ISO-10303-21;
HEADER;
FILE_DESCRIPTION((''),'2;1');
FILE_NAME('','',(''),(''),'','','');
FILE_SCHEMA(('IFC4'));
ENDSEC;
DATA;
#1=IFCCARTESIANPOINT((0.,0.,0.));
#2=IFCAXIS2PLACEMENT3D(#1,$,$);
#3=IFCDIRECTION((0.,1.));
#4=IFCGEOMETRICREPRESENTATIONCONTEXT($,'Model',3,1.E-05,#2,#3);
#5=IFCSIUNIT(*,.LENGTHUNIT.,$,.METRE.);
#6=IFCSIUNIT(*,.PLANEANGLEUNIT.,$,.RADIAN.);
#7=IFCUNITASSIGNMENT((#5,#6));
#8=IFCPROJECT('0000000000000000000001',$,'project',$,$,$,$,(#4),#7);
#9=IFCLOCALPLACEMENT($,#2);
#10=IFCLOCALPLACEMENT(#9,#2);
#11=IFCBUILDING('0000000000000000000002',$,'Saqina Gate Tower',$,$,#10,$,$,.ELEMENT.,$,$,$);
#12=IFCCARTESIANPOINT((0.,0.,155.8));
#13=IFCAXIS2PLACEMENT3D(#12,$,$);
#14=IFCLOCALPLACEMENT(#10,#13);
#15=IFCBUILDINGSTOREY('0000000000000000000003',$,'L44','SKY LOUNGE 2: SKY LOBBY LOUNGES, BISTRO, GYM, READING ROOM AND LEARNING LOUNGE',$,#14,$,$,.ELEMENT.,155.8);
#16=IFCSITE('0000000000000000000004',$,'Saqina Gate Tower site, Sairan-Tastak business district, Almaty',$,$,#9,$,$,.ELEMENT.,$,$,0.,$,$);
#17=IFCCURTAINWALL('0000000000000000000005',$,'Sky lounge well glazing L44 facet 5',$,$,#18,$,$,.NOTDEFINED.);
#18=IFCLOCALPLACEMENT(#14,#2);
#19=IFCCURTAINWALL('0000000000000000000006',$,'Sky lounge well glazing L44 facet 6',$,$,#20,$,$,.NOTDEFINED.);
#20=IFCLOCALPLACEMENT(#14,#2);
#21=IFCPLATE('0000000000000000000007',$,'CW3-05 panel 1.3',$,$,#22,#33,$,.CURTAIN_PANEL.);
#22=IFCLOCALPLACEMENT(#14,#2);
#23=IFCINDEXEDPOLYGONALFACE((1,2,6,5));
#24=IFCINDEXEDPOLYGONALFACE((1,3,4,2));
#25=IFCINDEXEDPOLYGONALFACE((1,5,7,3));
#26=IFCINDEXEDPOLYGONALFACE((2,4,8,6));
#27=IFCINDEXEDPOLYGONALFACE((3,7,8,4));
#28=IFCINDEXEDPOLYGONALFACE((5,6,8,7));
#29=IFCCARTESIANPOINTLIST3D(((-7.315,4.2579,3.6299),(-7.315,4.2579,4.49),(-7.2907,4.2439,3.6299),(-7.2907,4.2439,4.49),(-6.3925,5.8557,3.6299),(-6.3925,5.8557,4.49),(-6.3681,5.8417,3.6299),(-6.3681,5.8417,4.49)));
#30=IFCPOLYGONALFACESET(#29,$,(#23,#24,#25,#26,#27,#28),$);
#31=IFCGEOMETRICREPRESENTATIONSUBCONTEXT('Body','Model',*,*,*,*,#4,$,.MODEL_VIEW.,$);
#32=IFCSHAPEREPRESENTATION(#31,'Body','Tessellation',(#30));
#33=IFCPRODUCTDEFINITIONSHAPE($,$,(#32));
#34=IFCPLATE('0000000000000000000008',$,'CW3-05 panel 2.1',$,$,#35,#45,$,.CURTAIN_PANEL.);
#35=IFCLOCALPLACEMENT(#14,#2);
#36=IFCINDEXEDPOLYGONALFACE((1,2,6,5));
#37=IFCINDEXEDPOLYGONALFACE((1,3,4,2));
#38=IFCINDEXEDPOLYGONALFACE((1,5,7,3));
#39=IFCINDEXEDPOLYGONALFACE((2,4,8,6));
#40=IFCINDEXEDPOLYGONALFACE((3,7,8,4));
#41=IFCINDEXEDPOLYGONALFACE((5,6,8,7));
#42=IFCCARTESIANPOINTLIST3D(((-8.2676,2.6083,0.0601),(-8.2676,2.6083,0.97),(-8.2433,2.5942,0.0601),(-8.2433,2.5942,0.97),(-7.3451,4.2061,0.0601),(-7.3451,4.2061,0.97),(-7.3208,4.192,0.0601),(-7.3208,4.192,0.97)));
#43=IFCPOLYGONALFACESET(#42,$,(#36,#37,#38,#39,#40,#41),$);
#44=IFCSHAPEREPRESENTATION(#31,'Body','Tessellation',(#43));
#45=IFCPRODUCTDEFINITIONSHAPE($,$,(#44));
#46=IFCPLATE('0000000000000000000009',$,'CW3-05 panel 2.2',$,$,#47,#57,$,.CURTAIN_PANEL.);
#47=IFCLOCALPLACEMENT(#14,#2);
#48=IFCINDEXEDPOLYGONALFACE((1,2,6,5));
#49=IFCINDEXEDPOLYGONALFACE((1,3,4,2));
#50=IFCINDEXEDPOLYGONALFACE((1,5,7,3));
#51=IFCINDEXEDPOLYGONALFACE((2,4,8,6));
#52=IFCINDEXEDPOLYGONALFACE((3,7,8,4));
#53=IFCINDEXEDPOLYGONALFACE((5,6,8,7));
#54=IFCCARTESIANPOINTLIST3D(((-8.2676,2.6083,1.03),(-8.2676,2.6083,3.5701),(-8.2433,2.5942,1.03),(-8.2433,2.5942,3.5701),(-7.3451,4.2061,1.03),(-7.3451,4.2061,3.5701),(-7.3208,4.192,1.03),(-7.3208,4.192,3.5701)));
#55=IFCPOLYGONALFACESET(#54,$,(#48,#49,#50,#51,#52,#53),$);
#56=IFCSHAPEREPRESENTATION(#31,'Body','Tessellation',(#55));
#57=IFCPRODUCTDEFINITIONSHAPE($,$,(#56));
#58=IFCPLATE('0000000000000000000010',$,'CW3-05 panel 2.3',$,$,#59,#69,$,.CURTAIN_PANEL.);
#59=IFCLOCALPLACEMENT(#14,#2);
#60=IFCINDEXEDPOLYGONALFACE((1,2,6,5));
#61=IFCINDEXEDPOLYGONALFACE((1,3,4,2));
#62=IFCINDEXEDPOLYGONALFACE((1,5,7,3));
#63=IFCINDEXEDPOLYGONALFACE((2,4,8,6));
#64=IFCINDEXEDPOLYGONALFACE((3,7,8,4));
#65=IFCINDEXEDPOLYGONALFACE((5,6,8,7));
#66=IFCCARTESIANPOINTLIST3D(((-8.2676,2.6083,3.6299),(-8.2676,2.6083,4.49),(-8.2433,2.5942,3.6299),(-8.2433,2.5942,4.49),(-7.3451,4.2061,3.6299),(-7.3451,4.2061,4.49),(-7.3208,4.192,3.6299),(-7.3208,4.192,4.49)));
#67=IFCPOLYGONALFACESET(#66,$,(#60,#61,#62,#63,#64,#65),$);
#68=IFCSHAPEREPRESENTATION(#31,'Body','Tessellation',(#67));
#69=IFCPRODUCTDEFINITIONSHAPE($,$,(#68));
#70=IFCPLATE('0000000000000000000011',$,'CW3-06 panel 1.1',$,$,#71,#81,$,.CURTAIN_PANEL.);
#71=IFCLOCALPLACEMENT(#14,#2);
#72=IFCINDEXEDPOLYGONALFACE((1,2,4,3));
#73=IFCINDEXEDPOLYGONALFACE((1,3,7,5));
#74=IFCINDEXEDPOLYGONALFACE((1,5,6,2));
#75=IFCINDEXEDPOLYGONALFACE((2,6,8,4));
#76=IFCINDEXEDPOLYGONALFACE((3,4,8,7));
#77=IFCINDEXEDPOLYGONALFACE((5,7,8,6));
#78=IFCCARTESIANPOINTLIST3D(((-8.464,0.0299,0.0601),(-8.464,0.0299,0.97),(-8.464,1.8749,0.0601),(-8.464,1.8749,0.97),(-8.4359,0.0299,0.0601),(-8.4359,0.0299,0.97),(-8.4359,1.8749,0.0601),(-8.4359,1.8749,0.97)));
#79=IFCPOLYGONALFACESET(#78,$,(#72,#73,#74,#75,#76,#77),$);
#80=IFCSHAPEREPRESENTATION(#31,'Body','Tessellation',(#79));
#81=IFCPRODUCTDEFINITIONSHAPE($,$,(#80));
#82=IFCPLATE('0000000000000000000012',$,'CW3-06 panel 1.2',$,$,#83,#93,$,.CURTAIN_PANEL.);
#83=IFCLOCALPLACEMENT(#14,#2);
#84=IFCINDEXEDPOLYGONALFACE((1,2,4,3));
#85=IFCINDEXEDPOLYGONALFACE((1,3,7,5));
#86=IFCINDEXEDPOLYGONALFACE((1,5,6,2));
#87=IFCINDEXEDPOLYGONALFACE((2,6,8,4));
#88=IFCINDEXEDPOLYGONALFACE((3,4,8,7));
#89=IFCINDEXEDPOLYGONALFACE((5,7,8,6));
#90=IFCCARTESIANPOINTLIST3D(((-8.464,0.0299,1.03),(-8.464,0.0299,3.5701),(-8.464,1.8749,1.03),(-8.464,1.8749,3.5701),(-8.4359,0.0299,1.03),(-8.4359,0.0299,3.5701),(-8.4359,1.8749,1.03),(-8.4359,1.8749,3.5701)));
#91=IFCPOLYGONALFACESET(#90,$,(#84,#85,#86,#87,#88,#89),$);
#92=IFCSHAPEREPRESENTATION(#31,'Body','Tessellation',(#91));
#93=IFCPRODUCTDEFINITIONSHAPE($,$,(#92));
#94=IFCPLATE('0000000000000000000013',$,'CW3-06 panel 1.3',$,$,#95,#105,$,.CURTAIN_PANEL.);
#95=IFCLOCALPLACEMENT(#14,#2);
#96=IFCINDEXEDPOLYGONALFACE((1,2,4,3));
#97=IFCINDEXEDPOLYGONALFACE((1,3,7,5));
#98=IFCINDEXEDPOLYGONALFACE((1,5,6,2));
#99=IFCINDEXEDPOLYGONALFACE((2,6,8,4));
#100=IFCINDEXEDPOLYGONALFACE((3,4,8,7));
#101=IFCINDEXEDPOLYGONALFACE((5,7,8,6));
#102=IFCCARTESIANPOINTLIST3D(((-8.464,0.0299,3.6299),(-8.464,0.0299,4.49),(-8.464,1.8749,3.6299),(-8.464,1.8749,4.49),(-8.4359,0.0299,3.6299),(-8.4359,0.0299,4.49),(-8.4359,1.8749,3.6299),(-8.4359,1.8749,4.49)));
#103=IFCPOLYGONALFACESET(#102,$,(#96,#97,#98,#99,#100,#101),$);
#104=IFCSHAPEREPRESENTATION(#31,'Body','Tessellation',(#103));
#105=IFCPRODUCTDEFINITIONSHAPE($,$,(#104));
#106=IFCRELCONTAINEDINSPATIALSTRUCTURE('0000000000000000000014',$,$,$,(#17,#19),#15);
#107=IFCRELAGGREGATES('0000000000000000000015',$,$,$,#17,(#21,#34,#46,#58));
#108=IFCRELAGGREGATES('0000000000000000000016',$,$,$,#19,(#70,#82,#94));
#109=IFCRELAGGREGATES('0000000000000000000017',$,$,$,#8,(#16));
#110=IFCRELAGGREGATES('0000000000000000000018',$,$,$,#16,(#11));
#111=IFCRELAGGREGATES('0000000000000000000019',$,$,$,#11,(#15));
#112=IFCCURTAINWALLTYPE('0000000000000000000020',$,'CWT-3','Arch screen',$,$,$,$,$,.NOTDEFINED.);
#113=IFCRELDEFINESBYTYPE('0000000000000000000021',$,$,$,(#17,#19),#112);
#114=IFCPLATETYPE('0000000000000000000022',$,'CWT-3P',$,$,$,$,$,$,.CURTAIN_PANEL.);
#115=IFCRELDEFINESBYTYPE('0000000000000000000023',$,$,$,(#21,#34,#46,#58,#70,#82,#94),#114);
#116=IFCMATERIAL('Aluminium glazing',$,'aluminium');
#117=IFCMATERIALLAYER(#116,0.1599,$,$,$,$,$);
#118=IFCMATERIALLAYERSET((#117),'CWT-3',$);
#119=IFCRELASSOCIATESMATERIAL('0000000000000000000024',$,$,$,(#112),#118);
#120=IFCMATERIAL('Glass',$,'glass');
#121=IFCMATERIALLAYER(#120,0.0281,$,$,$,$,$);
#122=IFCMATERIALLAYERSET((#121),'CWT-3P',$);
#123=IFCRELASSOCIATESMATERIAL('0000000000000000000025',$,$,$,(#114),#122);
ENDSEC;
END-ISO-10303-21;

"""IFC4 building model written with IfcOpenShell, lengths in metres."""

from ifc_helpers import new_model, si_unit, direction, frame, origin, origin_2d, place, context, subcontext, project, spatial, rectangle, extrude, material, layer, layer_set, type_object, element, aggregate, save


model = new_model("IFC4")

# Units and contexts
model_context = context("Model", 3, precision=1e-05, world=origin(), true_north=direction((0.0, 1.0)))
body_context = subcontext(model_context, "Body", "Model", "MODEL_VIEW")
ifc_project = project(units=[si_unit("LENGTHUNIT", "METRE"), si_unit("PLANEANGLEUNIT", "RADIAN")], contexts=[model_context])

# Site, building, storey
site_placement = place(None, origin())
site = spatial("IfcSite", under=ifc_project, at=site_placement, Name="Saqina Gate Tower site, Sairan-Tastak business district, Almaty", CompositionType="ELEMENT", RefElevation=0.0)
building_placement = place(site_placement, origin())
building = spatial("IfcBuilding", under=site, at=building_placement, Name="Saqina Gate Tower", CompositionType="ELEMENT")
storey_placement = place(building_placement, frame((0.0, 0.0, 155.8)))
storey = spatial("IfcBuildingStorey", under=building, at=storey_placement, Name="L44", Description="SKY LOUNGE 2: SKY LOBBY LOUNGES, BISTRO, GYM, READING ROOM AND LEARNING LOUNGE", CompositionType="ELEMENT", Elevation=155.8)

# Curtain wall
ifc_material_1 = material(Name="Aluminium glazing", Category="aluminium")
ifc_layer_1 = layer(ifc_material_1, 0.1599)
ifc_layer_set_1 = layer_set([ifc_layer_1], Name="CWT-3")
curtain_wall_type = type_object("IfcCurtainWallType", Name="CWT-3", Description="Arch screen", PredefinedType="NOTDEFINED", material=ifc_layer_set_1)
curtain_wall_1_placement = place(storey_placement, origin())
curtain_wall_1 = element("IfcCurtainWall", 1, at=curtain_wall_1_placement, inside=storey, type_object=curtain_wall_type, Name="Sky lounge well glazing L44 facet 5", PredefinedType="NOTDEFINED")

# Curtain wall
curtain_wall_2_placement = place(storey_placement, origin())
curtain_wall_2 = element("IfcCurtainWall", 2, at=curtain_wall_2_placement, inside=storey, type_object=curtain_wall_type, Name="Sky lounge well glazing L44 facet 6", PredefinedType="NOTDEFINED")

# Plates
ifc_material_2 = material(Name="Glass", Category="glass")
ifc_layer_2 = layer(ifc_material_2, 0.0281)
ifc_layer_set_2 = layer_set([ifc_layer_2], Name="CWT-3P")
plate_type = type_object("IfcPlateType", Name="CWT-3P", PredefinedType="CURTAIN_PANEL", material=ifc_layer_set_2)
plate_1_placement = place(storey_placement, frame((-6.8416, 5.0498, 3.6299), z_axis=(0.0, 0.0, 1.0), x_axis=(-0.500013, -0.866018, 0.0)))
plate_1 = element("IfcPlate", 3, at=plate_1_placement, type_object=plate_type, Name="CW3-05 panel 1.3", PredefinedType="CURTAIN_PANEL", context=body_context, shape_type="SweptSolid", body=[
    extrude(rectangle(XDim=1.845, YDim=0.0281, at=origin_2d()), origin(), (0.0, 0.0, 1.0), 0.8601),
])
plate_2_placement = place(storey_placement, frame((-7.7942, 3.4001, 0.0601), z_axis=(0.0, 0.0, 1.0), x_axis=(-0.500013, -0.866018, 0.0)))
plate_2 = element("IfcPlate", 4, at=plate_2_placement, type_object=plate_type, Name="CW3-05 panel 2.1", PredefinedType="CURTAIN_PANEL", context=body_context, shape_type="SweptSolid", body=[
    extrude(rectangle(XDim=1.845, YDim=0.0281, at=origin_2d()), origin(), (0.0, 0.0, 1.0), 0.9099),
])
plate_3_placement = place(storey_placement, frame((-7.7942, 3.4001, 1.03), z_axis=(0.0, 0.0, 1.0), x_axis=(-0.500013, -0.866018, 0.0)))
plate_3 = element("IfcPlate", 5, at=plate_3_placement, type_object=plate_type, Name="CW3-05 panel 2.2", PredefinedType="CURTAIN_PANEL", context=body_context, shape_type="SweptSolid", body=[
    extrude(rectangle(XDim=1.845, YDim=0.0281, at=origin_2d()), origin(), (0.0, 0.0, 1.0), 2.54),
])
plate_4_placement = place(storey_placement, frame((-7.7942, 3.4001, 3.6299), z_axis=(0.0, 0.0, 1.0), x_axis=(-0.500013, -0.866018, 0.0)))
plate_4 = element("IfcPlate", 6, at=plate_4_placement, type_object=plate_type, Name="CW3-05 panel 2.3", PredefinedType="CURTAIN_PANEL", context=body_context, shape_type="SweptSolid", body=[
    extrude(rectangle(XDim=1.845, YDim=0.0281, at=origin_2d()), origin(), (0.0, 0.0, 1.0), 0.8601),
])
aggregate(curtain_wall_1, [plate_1, plate_2, plate_3, plate_4])
plate_5_placement = place(storey_placement, frame((-8.45, 0.9524, 0.0601), z_axis=(0.0, 0.0, 1.0), x_axis=(0.0, -1.0, 0.0)))
plate_5 = element("IfcPlate", 7, at=plate_5_placement, type_object=plate_type, Name="CW3-06 panel 1.1", PredefinedType="CURTAIN_PANEL", context=body_context, shape_type="SweptSolid", body=[
    extrude(rectangle(XDim=1.845, YDim=0.0281, at=origin_2d()), origin(), (0.0, 0.0, 1.0), 0.9099),
])
plate_6_placement = place(storey_placement, frame((-8.45, 0.9524, 1.03), z_axis=(0.0, 0.0, 1.0), x_axis=(0.0, -1.0, 0.0)))
plate_6 = element("IfcPlate", 8, at=plate_6_placement, type_object=plate_type, Name="CW3-06 panel 1.2", PredefinedType="CURTAIN_PANEL", context=body_context, shape_type="SweptSolid", body=[
    extrude(rectangle(XDim=1.845, YDim=0.0281, at=origin_2d()), origin(), (0.0, 0.0, 1.0), 2.54),
])
plate_7_placement = place(storey_placement, frame((-8.45, 0.9524, 3.6299), z_axis=(0.0, 0.0, 1.0), x_axis=(0.0, -1.0, 0.0)))
plate_7 = element("IfcPlate", 9, at=plate_7_placement, type_object=plate_type, Name="CW3-06 panel 1.3", PredefinedType="CURTAIN_PANEL", context=body_context, shape_type="SweptSolid", body=[
    extrude(rectangle(XDim=1.845, YDim=0.0281, at=origin_2d()), origin(), (0.0, 0.0, 1.0), 0.8601),
])
aggregate(curtain_wall_2, [plate_5, plate_6, plate_7])

save(model, "model.ifc")
